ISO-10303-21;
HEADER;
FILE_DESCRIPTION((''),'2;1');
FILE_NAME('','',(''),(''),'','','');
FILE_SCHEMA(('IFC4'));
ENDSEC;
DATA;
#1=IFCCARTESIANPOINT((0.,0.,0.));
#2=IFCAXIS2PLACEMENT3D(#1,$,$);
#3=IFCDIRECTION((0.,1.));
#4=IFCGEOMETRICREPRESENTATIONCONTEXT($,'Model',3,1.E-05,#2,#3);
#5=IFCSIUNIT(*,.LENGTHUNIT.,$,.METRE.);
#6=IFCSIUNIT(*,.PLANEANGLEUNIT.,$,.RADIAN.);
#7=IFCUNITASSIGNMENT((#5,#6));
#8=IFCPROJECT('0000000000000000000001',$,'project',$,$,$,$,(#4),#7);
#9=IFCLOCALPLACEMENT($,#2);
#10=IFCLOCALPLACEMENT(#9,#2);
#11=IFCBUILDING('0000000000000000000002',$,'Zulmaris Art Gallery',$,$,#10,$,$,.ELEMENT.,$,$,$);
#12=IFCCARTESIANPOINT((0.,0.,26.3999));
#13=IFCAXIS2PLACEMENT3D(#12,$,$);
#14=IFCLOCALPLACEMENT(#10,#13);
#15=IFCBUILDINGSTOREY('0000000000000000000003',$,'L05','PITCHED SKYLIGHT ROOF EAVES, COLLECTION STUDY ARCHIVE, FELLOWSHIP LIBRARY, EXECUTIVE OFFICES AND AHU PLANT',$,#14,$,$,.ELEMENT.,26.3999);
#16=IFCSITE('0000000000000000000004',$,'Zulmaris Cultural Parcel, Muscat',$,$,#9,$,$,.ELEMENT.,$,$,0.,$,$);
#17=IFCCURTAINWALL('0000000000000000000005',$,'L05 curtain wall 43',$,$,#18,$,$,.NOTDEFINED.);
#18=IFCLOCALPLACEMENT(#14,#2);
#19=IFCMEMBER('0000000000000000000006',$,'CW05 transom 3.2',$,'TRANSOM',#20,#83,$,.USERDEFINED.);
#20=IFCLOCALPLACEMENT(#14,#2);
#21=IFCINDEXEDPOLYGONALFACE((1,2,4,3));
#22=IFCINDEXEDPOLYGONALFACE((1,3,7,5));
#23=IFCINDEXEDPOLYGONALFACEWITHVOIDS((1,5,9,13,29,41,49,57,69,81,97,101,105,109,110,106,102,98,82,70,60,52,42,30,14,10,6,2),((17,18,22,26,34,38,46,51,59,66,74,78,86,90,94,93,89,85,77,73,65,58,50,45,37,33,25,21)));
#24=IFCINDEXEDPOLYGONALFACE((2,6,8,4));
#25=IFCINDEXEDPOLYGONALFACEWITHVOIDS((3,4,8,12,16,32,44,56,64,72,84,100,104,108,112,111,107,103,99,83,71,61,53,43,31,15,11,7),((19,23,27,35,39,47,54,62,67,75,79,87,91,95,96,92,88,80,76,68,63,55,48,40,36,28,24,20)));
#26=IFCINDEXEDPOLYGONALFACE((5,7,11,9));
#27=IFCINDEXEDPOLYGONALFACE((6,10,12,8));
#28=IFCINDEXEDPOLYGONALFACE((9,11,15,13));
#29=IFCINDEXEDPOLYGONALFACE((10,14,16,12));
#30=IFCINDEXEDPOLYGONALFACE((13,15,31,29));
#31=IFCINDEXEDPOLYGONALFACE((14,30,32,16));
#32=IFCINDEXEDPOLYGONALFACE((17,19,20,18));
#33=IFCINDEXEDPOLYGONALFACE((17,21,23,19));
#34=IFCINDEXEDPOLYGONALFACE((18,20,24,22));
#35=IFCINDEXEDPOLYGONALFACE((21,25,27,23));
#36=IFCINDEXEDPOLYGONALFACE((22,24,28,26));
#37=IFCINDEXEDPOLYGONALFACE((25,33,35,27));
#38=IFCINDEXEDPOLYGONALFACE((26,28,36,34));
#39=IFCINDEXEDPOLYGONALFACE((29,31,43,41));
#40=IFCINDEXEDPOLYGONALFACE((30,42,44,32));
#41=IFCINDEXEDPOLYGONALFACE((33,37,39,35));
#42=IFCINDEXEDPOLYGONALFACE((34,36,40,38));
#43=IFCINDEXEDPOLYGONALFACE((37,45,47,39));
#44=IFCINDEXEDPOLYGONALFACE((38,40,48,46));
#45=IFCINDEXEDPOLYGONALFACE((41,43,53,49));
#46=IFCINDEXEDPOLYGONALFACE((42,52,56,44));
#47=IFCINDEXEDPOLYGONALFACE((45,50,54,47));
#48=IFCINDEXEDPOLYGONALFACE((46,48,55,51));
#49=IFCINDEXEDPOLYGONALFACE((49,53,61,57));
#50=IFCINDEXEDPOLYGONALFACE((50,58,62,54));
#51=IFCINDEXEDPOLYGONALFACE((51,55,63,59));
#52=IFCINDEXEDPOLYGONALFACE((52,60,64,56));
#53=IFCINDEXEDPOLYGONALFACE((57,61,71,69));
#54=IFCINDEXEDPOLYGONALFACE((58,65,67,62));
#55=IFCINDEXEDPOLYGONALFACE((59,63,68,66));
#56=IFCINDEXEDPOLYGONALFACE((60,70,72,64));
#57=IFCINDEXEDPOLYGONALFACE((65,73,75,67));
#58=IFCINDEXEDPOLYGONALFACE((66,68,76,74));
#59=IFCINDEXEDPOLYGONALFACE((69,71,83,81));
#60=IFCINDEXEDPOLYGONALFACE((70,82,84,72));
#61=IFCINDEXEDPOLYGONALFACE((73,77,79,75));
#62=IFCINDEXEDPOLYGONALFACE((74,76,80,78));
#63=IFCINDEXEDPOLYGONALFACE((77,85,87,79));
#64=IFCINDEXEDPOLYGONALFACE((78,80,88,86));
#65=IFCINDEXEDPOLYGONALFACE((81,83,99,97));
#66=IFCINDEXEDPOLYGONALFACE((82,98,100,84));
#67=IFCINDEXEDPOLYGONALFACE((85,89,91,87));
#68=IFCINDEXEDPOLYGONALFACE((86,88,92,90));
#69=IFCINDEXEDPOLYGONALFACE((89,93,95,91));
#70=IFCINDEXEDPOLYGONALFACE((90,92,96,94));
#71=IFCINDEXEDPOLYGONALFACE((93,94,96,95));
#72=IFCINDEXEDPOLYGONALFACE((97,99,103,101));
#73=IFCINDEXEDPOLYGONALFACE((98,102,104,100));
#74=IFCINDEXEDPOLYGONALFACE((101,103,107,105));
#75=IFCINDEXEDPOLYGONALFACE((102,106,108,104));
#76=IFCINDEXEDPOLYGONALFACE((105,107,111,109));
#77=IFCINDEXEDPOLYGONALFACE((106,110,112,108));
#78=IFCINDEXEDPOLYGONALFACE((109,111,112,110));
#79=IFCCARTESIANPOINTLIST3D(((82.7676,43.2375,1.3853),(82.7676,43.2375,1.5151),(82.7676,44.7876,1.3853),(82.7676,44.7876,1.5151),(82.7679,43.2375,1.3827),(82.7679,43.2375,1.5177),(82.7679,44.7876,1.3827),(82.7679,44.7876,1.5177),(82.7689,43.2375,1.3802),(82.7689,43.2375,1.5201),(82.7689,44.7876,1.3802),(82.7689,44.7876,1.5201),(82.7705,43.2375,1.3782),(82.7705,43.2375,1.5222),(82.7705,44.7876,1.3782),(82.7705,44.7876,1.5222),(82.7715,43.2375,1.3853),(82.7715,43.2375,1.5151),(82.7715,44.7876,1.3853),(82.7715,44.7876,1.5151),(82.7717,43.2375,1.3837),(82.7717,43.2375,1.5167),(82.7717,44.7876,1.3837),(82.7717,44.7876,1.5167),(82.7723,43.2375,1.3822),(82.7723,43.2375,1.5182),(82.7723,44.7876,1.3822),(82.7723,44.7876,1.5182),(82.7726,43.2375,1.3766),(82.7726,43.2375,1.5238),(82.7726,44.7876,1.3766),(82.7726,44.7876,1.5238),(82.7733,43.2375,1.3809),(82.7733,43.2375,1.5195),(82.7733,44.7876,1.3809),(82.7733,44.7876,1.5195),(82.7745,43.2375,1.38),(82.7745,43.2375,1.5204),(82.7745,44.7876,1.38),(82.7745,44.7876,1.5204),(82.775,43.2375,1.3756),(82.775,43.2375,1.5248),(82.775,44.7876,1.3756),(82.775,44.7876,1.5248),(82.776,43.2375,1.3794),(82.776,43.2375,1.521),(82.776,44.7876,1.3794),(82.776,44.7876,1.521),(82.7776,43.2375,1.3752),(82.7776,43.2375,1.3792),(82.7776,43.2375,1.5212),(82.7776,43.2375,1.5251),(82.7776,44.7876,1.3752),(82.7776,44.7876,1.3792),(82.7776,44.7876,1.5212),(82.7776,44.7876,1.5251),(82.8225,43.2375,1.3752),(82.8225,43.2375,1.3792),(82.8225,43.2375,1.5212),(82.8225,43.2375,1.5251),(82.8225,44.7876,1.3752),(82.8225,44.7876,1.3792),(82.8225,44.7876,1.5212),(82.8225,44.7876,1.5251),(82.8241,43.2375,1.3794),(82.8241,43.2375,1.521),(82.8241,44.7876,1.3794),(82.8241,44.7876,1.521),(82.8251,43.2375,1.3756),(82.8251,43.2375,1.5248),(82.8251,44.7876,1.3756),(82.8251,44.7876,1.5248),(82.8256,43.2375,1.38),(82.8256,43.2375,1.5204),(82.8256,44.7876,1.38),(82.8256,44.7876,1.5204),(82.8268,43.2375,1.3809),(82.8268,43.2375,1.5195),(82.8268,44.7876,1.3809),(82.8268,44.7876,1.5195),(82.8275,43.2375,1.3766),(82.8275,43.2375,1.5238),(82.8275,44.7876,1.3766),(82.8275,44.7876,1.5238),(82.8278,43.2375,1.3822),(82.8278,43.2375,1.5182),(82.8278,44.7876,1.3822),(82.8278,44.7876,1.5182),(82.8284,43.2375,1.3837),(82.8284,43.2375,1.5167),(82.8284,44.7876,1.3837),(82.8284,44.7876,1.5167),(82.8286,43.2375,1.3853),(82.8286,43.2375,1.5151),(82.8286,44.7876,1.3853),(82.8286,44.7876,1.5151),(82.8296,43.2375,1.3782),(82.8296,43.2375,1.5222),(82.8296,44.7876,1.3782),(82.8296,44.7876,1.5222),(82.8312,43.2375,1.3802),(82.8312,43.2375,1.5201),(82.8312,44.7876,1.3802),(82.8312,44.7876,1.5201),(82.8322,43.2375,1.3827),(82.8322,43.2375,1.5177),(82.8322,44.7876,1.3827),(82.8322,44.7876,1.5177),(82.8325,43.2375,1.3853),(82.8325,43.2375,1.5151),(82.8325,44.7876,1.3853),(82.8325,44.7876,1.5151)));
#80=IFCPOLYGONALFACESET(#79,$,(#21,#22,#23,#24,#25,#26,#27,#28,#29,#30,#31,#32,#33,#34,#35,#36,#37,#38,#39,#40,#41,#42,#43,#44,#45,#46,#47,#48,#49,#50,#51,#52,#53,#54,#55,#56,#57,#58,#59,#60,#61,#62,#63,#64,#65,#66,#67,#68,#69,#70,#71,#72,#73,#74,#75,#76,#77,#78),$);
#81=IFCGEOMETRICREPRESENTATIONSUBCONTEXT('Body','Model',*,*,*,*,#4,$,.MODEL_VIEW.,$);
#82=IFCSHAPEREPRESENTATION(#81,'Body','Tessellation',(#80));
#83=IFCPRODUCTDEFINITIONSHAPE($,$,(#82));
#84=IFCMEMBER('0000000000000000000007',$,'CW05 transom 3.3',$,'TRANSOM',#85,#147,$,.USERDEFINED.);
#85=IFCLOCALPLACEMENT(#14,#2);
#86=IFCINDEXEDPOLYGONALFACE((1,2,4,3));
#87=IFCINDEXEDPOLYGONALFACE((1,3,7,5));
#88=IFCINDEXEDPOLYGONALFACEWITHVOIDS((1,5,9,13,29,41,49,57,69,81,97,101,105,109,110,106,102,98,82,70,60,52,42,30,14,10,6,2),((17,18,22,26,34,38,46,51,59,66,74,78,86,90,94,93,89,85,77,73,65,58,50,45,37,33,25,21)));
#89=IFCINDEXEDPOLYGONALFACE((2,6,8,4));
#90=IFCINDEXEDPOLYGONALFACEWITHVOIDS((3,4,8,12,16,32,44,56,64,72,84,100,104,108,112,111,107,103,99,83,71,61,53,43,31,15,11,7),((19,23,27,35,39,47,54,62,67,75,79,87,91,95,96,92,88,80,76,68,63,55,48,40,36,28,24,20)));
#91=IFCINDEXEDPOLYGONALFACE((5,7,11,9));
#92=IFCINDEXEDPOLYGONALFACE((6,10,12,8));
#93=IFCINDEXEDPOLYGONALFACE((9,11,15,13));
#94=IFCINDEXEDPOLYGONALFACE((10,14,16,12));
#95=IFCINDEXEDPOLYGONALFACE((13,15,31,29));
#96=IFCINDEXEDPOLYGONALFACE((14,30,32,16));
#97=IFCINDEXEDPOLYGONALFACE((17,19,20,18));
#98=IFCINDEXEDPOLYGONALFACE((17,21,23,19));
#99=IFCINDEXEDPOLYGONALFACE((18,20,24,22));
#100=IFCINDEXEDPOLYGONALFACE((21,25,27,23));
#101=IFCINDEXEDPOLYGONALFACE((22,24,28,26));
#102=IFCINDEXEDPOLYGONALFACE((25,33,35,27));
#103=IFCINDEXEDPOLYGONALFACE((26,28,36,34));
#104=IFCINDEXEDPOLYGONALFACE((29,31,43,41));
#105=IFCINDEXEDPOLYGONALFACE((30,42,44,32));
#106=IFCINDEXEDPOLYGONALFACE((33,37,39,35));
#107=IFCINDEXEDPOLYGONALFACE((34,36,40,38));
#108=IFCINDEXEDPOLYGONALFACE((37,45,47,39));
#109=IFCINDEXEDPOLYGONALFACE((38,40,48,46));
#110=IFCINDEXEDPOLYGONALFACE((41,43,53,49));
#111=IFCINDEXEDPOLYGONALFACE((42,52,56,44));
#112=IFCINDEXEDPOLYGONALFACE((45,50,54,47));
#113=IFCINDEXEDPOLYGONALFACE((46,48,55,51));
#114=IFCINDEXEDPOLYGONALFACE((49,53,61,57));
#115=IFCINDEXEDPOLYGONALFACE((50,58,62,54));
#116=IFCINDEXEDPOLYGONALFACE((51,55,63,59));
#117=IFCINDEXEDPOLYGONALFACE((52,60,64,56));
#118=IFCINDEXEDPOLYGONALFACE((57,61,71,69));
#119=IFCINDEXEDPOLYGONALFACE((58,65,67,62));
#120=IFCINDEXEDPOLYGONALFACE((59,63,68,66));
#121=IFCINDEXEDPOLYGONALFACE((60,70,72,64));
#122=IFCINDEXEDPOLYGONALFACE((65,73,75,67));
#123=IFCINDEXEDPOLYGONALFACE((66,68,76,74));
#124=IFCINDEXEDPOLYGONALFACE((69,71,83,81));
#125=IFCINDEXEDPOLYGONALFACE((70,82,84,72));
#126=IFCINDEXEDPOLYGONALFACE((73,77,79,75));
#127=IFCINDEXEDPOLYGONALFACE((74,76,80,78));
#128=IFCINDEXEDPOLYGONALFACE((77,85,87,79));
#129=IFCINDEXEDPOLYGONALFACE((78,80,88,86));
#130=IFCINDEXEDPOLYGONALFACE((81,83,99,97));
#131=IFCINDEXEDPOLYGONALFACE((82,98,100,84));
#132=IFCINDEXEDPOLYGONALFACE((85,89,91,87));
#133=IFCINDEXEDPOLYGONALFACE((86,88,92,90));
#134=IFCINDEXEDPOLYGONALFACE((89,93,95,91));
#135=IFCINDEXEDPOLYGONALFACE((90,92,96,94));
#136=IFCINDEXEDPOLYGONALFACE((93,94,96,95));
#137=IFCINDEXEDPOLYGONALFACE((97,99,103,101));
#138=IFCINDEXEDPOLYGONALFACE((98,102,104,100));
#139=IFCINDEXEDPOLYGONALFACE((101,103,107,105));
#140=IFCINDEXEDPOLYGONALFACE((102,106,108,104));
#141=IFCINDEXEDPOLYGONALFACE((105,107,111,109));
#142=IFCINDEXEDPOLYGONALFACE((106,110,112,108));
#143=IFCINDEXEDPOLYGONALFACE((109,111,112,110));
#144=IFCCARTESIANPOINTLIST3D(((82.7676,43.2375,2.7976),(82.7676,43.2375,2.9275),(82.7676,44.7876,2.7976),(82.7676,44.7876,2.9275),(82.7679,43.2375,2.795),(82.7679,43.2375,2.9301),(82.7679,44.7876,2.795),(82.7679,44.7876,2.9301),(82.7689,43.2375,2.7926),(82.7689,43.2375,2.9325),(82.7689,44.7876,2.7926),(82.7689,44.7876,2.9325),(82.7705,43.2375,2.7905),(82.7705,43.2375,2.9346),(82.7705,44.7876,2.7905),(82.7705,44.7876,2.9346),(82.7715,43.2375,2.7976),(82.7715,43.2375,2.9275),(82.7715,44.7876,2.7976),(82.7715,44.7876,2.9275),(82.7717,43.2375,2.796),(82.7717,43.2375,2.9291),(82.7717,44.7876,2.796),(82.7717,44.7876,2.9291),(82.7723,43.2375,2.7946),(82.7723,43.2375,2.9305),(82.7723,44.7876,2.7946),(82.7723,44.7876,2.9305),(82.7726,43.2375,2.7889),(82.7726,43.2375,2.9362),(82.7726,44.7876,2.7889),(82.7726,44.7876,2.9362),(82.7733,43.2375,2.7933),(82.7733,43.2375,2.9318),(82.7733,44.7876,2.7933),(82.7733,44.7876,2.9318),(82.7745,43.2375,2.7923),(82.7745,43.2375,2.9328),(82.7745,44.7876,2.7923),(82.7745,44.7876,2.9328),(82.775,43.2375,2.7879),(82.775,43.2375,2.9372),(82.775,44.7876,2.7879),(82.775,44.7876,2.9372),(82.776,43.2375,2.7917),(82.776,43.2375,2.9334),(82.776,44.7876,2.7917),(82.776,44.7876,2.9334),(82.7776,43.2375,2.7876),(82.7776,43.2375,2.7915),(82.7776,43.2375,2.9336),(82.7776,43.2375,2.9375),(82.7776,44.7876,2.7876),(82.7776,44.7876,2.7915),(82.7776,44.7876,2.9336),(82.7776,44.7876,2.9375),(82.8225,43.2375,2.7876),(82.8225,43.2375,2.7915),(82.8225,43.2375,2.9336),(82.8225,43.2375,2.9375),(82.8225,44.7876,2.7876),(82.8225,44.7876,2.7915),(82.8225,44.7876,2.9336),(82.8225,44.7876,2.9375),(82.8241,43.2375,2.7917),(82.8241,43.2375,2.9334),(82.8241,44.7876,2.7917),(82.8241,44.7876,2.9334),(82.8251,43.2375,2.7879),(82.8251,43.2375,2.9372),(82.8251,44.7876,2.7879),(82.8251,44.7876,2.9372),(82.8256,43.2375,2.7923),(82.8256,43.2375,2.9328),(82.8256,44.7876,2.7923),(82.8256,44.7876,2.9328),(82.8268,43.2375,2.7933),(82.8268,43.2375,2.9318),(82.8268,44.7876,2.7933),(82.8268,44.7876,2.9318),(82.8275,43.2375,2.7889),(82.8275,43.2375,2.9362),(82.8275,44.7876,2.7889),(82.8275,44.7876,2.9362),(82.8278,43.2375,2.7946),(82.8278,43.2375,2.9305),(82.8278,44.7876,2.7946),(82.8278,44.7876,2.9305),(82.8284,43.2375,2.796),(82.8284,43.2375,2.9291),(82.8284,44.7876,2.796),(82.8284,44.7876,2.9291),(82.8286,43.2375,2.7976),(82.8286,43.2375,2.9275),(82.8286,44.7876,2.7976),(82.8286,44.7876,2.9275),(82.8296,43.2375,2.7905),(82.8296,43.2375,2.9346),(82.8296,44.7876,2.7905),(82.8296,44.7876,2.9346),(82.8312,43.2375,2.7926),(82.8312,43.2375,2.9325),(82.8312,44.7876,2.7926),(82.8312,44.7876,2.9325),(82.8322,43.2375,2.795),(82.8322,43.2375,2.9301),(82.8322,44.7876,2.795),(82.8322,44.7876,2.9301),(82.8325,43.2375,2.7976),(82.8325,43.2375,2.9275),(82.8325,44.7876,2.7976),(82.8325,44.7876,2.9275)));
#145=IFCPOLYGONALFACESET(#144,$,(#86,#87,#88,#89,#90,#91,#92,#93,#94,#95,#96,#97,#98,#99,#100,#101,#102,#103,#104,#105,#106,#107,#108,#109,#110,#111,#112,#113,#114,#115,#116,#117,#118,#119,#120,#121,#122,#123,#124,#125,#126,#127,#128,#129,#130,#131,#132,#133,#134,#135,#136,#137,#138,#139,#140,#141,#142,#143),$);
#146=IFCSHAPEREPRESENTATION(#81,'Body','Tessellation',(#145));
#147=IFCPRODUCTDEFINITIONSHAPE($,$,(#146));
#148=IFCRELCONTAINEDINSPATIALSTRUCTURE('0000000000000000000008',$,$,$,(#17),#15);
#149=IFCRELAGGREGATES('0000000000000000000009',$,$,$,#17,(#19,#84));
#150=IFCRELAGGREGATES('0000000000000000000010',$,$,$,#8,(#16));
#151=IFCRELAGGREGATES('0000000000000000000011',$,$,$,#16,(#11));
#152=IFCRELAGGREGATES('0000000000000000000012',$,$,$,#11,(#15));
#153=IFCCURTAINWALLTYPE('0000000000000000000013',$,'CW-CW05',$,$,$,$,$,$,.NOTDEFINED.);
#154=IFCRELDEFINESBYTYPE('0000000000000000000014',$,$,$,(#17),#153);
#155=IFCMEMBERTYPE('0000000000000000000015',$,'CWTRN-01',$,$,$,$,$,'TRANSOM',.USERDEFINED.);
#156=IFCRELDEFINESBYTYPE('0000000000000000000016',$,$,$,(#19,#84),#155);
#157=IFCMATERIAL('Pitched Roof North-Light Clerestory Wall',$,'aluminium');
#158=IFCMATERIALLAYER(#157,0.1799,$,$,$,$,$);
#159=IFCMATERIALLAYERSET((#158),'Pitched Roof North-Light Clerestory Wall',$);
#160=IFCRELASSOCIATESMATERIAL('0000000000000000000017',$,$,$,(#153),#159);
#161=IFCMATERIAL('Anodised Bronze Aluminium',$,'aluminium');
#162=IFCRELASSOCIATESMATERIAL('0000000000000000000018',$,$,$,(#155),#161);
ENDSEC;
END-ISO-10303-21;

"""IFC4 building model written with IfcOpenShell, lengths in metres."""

from ifc_helpers import new_model, si_unit, direction, frame, origin, origin_2d, place, context, subcontext, project, spatial, hollow_rectangle, extrude, material, layer, layer_set, material_profile, profile_set, type_object, element, aggregate, save


model = new_model("IFC4")

# Units and contexts
model_context = context("Model", 3, precision=1e-05, world=origin(), true_north=direction((0.0, 1.0)))
body_context = subcontext(model_context, "Body", "Model", "MODEL_VIEW")
ifc_project = project(units=[si_unit("LENGTHUNIT", "METRE"), si_unit("PLANEANGLEUNIT", "RADIAN")], contexts=[model_context])

# Site, building, storey
site_placement = place(None, origin())
site = spatial("IfcSite", under=ifc_project, at=site_placement, Name="Zulmaris Cultural Parcel, Muscat", CompositionType="ELEMENT", RefElevation=0.0)
building_placement = place(site_placement, origin())
building = spatial("IfcBuilding", under=site, at=building_placement, Name="Zulmaris Art Gallery", CompositionType="ELEMENT")
storey_placement = place(building_placement, frame((0.0, 0.0, 26.3999)))
storey = spatial("IfcBuildingStorey", under=building, at=storey_placement, Name="L05", Description="PITCHED SKYLIGHT ROOF EAVES, COLLECTION STUDY ARCHIVE, FELLOWSHIP LIBRARY, EXECUTIVE OFFICES AND AHU PLANT", CompositionType="ELEMENT", Elevation=26.3999)

# Curtain wall, members
ifc_material_1 = material(Name="Pitched Roof North-Light Clerestory Wall", Category="aluminium")
ifc_layer_1 = layer(ifc_material_1, 0.1799)
ifc_layer_set_1 = layer_set([ifc_layer_1], Name="Pitched Roof North-Light Clerestory Wall")
curtain_wall_type = type_object("IfcCurtainWallType", Name="CW-CW05", PredefinedType="NOTDEFINED", material=ifc_layer_set_1)
curtain_wall_placement = place(storey_placement, origin())
curtain_wall = element("IfcCurtainWall", 1, at=curtain_wall_placement, inside=storey, type_object=curtain_wall_type, Name="L05 curtain wall 43", PredefinedType="NOTDEFINED")
ifc_material_2 = material(Name="Anodised Bronze Aluminium", Category="aluminium")
ifc_material_profile_1 = material_profile(ifc_material_2, hollow_rectangle(XDim=0.0649, YDim=0.1499, WallThickness=0.0039, InnerFilletRadius=0.0061, OuterFilletRadius=0.01, at=origin_2d()), Name="ALU 65x150x4")
ifc_profile_set_1 = profile_set([ifc_material_profile_1], Name="Anodised Bronze Aluminium")
member_type_1 = type_object("IfcMemberType", Name="CWTRN-01", ElementType="TRANSOM", PredefinedType="USERDEFINED", material=ifc_profile_set_1)
member_1_placement = place(storey_placement, frame((82.8, 43.2375, 1.4502), z_axis=(0.0, 1.0, 0.0), x_axis=(-1.0, 0.0, 0.0)))
member_1 = element("IfcMember", 2, at=member_1_placement, type_object=member_type_1, Name="CW05 transom 3.2", ObjectType="TRANSOM", PredefinedType="USERDEFINED", context=body_context, shape_type="SweptSolid", body=[
    extrude(hollow_rectangle(XDim=0.0649, YDim=0.1499, WallThickness=0.0039, InnerFilletRadius=0.0061, OuterFilletRadius=0.01, at=origin_2d()), origin(), (0.0, 0.0, 1.0), 1.55),
])
member_2_placement = place(storey_placement, frame((82.8, 43.2375, 2.8625), z_axis=(0.0, 1.0, 0.0), x_axis=(-1.0, 0.0, 0.0)))
member_2 = element("IfcMember", 3, at=member_2_placement, type_object=member_type_1, Name="CW05 transom 3.3", ObjectType="TRANSOM", PredefinedType="USERDEFINED", context=body_context, shape_type="SweptSolid", body=[
    extrude(hollow_rectangle(XDim=0.0649, YDim=0.1499, WallThickness=0.0039, InnerFilletRadius=0.0061, OuterFilletRadius=0.01, at=origin_2d()), origin(), (0.0, 0.0, 1.0), 1.55),
])
aggregate(curtain_wall, [member_1, member_2])

save(model, "model.ifc")
